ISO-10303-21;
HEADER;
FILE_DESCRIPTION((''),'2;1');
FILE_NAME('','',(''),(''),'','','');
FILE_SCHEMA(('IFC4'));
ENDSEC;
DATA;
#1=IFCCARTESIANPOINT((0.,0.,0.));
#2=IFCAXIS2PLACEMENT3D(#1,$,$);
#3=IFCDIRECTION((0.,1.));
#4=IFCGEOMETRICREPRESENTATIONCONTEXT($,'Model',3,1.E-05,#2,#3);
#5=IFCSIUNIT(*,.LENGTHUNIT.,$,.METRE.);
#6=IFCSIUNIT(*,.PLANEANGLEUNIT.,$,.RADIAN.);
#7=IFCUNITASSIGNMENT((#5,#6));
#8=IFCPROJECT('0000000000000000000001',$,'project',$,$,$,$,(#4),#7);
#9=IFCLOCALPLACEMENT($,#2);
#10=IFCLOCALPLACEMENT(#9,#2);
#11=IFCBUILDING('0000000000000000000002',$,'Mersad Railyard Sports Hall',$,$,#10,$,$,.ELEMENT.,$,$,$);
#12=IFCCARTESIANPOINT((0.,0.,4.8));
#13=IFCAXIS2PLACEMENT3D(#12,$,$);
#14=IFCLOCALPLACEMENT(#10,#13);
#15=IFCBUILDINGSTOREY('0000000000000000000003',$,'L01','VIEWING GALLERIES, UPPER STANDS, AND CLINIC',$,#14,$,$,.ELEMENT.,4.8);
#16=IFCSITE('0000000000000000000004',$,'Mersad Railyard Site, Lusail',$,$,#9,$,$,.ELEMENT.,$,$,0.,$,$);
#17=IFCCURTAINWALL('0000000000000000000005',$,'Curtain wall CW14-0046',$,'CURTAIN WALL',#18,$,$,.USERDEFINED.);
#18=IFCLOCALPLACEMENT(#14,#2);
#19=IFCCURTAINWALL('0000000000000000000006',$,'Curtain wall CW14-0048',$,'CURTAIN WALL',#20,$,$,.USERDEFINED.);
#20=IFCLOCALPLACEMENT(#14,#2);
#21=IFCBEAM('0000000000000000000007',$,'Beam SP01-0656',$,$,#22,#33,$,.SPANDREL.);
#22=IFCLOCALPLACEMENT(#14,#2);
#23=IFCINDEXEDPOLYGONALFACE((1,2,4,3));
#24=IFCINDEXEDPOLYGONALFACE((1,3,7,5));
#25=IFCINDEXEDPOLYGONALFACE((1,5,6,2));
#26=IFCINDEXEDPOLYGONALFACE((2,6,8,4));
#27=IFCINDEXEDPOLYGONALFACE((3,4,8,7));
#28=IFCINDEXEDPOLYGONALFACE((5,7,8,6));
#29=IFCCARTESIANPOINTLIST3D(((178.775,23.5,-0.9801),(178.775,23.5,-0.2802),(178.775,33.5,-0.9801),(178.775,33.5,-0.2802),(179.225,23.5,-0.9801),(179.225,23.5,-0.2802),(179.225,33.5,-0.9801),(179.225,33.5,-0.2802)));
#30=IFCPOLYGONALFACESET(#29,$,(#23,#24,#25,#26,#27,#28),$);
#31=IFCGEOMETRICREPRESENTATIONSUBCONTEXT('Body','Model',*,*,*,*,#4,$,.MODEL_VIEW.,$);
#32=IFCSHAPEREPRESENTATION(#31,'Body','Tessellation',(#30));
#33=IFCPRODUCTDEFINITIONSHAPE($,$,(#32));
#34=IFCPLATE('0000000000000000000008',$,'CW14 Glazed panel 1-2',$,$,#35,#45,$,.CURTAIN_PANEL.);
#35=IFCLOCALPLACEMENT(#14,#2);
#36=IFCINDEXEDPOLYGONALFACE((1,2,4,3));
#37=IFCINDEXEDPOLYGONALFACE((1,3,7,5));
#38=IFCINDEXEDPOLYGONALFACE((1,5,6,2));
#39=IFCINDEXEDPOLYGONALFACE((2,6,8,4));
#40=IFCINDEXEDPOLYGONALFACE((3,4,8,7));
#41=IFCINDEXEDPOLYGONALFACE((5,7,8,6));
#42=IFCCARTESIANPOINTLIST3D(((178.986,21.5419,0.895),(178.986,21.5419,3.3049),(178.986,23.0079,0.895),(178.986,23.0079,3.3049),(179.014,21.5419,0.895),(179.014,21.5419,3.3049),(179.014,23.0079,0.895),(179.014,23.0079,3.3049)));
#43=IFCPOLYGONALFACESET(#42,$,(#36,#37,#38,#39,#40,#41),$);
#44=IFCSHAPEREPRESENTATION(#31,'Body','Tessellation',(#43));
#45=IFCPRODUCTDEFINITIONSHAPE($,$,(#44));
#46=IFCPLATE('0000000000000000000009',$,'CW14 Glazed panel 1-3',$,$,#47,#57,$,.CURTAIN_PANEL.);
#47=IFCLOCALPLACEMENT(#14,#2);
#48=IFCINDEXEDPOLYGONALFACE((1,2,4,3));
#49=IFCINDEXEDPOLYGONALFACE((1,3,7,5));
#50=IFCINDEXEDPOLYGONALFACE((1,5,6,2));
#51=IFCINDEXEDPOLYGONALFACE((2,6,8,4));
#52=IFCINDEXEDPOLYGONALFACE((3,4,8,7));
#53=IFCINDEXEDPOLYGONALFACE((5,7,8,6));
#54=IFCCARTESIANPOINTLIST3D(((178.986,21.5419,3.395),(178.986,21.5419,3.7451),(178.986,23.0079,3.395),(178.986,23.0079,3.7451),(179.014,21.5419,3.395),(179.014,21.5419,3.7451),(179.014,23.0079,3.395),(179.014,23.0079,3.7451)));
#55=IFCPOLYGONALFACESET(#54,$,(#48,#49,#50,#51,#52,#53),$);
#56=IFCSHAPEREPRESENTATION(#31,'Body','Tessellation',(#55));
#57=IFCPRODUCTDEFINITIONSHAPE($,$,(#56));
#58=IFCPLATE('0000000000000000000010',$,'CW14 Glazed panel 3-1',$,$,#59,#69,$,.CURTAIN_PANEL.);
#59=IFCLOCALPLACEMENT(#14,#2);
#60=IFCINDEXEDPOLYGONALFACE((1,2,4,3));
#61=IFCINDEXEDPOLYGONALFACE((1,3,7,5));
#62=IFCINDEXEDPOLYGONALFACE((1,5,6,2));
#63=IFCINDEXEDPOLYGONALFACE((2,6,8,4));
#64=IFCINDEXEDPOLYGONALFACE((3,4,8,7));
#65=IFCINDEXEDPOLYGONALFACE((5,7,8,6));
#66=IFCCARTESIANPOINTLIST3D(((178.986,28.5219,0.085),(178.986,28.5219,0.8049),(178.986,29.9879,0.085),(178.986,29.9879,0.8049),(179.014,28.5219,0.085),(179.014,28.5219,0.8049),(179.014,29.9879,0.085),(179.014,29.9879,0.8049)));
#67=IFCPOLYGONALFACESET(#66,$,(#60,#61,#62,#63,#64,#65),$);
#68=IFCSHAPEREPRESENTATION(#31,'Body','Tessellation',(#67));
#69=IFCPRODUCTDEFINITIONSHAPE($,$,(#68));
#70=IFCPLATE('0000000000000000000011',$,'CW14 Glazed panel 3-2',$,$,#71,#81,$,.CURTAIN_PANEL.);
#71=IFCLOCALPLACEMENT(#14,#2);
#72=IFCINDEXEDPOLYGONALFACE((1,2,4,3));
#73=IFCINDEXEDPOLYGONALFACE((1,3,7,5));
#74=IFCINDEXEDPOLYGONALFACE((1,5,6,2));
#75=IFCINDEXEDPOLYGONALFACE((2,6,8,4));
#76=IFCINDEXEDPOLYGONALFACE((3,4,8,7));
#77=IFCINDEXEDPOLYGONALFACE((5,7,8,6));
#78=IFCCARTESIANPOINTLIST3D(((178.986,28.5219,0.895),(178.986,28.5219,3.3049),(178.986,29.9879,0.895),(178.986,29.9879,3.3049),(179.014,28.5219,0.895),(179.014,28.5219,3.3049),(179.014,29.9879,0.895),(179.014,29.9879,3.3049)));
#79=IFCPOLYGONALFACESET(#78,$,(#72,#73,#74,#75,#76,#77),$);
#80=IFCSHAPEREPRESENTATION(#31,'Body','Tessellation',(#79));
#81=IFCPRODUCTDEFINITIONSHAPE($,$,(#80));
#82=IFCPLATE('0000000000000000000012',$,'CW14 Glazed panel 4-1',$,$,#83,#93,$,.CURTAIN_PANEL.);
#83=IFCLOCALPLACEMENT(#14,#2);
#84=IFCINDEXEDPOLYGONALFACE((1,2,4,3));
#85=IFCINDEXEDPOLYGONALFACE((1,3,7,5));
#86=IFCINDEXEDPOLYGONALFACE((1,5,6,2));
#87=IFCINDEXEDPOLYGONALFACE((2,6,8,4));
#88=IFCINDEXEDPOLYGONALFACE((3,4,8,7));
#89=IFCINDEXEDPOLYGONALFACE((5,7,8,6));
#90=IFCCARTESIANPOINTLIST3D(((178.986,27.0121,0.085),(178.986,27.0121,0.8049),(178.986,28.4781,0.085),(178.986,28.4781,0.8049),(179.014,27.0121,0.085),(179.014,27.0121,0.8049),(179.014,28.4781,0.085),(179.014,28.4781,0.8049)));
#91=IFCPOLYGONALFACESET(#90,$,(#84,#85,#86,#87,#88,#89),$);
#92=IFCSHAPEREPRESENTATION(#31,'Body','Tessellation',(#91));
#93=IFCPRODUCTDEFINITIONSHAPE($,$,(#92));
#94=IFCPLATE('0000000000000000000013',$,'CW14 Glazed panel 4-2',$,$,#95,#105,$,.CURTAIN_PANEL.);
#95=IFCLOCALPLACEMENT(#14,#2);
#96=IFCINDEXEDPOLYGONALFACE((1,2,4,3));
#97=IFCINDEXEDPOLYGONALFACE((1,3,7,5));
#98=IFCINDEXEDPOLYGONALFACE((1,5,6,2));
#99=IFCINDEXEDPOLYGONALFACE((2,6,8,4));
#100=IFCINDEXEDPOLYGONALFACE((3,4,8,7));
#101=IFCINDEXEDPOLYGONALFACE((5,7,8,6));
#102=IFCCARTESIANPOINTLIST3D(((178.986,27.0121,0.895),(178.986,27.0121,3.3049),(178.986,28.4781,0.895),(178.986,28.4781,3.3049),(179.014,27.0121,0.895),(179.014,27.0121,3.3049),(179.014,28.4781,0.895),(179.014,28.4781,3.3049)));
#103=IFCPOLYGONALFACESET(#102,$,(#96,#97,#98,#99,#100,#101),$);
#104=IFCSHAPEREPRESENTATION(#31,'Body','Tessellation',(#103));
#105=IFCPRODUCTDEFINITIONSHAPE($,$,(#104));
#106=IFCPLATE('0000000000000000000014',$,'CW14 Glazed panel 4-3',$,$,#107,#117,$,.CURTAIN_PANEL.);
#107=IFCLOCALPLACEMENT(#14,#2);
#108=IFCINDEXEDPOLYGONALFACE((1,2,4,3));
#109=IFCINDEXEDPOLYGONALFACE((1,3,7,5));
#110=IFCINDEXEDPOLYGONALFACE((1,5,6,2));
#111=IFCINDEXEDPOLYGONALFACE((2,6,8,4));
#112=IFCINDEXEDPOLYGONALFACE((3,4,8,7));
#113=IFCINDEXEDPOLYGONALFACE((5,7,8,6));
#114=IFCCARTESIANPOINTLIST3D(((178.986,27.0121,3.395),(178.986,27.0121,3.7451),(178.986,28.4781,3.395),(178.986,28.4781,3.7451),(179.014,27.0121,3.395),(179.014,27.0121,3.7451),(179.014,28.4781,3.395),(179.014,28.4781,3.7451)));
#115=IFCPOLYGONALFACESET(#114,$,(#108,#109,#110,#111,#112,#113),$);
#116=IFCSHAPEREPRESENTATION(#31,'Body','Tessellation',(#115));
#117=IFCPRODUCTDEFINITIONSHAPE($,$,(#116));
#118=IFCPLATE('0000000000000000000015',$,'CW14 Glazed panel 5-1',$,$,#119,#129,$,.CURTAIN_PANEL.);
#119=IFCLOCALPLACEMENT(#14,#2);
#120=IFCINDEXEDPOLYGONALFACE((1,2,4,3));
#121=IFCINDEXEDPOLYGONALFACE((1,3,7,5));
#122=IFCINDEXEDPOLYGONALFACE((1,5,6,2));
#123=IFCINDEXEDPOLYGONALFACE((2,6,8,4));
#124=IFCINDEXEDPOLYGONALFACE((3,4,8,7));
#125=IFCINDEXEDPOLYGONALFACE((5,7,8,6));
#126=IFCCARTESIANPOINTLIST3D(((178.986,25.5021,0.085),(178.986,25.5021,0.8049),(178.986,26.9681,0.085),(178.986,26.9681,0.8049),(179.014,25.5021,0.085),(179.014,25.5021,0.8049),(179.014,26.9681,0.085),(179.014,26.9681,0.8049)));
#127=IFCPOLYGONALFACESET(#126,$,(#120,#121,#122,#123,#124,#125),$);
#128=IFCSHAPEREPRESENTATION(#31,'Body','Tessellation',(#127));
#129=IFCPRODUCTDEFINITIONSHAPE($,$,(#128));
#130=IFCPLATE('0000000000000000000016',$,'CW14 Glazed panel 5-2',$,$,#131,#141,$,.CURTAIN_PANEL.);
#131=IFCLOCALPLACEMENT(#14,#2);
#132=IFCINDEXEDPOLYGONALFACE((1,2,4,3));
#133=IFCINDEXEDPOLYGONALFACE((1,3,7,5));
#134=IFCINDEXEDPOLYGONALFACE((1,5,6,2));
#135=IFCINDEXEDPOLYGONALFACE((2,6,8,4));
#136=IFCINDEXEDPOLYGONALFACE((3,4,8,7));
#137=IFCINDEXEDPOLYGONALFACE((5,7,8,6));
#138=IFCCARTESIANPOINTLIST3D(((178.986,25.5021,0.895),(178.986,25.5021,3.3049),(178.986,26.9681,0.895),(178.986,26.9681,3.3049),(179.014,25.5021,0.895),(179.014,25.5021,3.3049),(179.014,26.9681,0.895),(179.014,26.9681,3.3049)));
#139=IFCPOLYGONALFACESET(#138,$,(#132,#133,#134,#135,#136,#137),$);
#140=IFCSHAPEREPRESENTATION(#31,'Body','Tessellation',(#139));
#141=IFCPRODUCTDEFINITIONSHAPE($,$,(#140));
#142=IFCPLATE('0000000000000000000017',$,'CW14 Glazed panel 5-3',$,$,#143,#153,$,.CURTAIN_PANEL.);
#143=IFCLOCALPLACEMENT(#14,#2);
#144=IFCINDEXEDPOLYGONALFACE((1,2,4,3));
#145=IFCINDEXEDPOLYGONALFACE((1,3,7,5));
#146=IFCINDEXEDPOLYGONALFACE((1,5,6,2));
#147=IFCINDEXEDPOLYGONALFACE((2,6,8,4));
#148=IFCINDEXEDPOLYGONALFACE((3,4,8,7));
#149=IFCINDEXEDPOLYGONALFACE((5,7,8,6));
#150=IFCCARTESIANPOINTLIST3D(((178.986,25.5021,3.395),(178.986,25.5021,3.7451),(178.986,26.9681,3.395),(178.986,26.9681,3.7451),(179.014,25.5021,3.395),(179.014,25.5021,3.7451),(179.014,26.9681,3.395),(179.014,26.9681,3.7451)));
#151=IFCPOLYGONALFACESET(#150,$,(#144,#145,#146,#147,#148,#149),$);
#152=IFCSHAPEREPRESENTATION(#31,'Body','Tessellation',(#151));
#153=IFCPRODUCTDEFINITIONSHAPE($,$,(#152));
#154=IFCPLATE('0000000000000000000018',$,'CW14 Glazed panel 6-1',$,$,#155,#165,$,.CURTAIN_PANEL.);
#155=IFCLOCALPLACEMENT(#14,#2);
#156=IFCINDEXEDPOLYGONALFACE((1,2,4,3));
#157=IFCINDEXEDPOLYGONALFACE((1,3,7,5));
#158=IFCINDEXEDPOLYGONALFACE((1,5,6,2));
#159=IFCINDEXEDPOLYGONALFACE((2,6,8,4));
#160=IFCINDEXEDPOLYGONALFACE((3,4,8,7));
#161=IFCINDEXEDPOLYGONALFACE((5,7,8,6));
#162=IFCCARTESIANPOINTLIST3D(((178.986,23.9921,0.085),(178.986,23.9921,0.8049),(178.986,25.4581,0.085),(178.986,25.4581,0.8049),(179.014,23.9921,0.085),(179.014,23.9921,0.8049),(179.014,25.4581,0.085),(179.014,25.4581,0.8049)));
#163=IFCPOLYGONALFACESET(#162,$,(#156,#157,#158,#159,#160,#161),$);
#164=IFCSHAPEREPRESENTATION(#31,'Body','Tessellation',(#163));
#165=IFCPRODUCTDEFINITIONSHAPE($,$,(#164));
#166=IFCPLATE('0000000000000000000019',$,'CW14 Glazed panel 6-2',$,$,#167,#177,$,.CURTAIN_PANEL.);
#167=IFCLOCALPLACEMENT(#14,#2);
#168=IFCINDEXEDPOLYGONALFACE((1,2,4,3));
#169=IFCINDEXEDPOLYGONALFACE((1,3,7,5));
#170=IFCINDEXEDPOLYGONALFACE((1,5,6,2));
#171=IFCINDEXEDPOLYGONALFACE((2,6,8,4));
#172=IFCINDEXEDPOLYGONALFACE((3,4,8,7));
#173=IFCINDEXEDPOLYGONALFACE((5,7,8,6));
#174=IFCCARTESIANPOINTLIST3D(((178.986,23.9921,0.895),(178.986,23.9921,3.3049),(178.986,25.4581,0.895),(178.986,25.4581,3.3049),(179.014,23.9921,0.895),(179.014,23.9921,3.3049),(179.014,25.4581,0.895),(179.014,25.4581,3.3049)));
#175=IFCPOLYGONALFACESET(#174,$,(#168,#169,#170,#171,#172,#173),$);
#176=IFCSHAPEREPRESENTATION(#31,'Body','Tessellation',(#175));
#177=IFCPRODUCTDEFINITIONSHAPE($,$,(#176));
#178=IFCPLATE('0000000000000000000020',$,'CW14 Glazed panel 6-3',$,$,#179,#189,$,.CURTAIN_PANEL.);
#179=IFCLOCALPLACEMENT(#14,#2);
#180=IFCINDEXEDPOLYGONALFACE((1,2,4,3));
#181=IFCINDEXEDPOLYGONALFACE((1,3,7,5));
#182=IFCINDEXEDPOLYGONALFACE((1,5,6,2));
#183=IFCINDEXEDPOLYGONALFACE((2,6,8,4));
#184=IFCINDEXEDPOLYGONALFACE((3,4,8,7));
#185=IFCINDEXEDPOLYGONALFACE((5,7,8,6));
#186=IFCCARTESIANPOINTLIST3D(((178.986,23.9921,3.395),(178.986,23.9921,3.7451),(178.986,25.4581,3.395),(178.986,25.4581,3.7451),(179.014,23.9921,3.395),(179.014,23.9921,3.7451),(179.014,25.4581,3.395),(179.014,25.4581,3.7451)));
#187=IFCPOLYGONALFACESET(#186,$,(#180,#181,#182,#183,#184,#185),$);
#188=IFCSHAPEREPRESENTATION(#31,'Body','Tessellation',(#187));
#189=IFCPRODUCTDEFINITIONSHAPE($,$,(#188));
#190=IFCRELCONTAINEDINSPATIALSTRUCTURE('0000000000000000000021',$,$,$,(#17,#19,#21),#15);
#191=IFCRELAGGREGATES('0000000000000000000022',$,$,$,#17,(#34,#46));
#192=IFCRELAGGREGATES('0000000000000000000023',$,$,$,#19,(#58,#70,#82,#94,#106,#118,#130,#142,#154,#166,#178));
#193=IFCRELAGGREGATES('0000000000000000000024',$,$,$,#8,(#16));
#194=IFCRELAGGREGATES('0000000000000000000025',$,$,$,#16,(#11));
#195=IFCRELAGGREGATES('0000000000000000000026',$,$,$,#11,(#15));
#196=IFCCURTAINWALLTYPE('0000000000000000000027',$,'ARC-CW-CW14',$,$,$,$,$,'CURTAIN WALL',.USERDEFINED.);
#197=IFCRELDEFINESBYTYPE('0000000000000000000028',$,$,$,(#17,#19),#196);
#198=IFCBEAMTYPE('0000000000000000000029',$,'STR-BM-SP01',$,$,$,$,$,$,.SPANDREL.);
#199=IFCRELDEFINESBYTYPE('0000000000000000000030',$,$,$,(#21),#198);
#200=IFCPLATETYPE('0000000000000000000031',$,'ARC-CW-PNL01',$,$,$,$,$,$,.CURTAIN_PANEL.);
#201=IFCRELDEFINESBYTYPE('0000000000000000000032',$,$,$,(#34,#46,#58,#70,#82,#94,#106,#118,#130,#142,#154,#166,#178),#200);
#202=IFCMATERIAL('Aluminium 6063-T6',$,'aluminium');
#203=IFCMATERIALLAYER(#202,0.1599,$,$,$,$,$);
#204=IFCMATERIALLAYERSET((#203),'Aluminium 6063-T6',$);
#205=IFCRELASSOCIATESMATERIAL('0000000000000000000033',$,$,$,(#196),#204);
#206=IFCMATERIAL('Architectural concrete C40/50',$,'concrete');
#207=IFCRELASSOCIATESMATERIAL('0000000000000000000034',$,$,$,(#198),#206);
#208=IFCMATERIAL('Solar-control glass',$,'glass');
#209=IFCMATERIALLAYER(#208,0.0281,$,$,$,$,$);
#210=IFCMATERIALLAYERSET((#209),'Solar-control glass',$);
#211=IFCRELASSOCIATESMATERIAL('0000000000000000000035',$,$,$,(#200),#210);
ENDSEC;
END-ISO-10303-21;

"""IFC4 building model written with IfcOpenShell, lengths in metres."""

from ifc_helpers import new_model, si_unit, direction, frame, origin, origin_2d, place, context, subcontext, project, spatial, rectangle, extrude, material, layer, layer_set, material_profile, profile_set, type_object, element, aggregate, save


model = new_model("IFC4")

# Units and contexts
model_context = context("Model", 3, precision=1e-05, world=origin(), true_north=direction((0.0, 1.0)))
body_context = subcontext(model_context, "Body", "Model", "MODEL_VIEW")
ifc_project = project(units=[si_unit("LENGTHUNIT", "METRE"), si_unit("PLANEANGLEUNIT", "RADIAN")], contexts=[model_context])

# Site, building, storey
site_placement = place(None, origin())
site = spatial("IfcSite", under=ifc_project, at=site_placement, Name="Mersad Railyard Site, Lusail", CompositionType="ELEMENT", RefElevation=0.0)
building_placement = place(site_placement, origin())
building = spatial("IfcBuilding", under=site, at=building_placement, Name="Mersad Railyard Sports Hall", CompositionType="ELEMENT")
storey_placement = place(building_placement, frame((0.0, 0.0, 4.8)))
storey = spatial("IfcBuildingStorey", under=building, at=storey_placement, Name="L01", Description="VIEWING GALLERIES, UPPER STANDS, AND CLINIC", CompositionType="ELEMENT", Elevation=4.8)

# Curtain wall
ifc_material_1 = material(Name="Aluminium 6063-T6", Category="aluminium")
ifc_layer_1 = layer(ifc_material_1, 0.1599)
ifc_layer_set_1 = layer_set([ifc_layer_1], Name="Aluminium 6063-T6")
curtain_wall_type = type_object("IfcCurtainWallType", Name="ARC-CW-CW14", ElementType="CURTAIN WALL", PredefinedType="USERDEFINED", material=ifc_layer_set_1)
curtain_wall_1_placement = place(storey_placement, origin())
curtain_wall_1 = element("IfcCurtainWall", 1, at=curtain_wall_1_placement, inside=storey, type_object=curtain_wall_type, Name="Curtain wall CW14-0046", ObjectType="CURTAIN WALL", PredefinedType="USERDEFINED")

# Curtain wall
curtain_wall_2_placement = place(storey_placement, origin())
curtain_wall_2 = element("IfcCurtainWall", 2, at=curtain_wall_2_placement, inside=storey, type_object=curtain_wall_type, Name="Curtain wall CW14-0048", ObjectType="CURTAIN WALL", PredefinedType="USERDEFINED")

# Beam
ifc_material_2 = material(Name="Architectural concrete C40/50", Category="concrete")
ifc_material_profile_1 = material_profile(ifc_material_2, rectangle(XDim=0.45, YDim=0.7, at=origin_2d()), Name="RC 450x700")
ifc_profile_set_1 = profile_set([ifc_material_profile_1], Name="Architectural concrete C40/50")
beam_type = type_object("IfcBeamType", Name="STR-BM-SP01", PredefinedType="SPANDREL", material=ifc_profile_set_1)
beam_placement = place(storey_placement, frame((179.0, 23.5, -0.6301), z_axis=(0.0, 1.0, 0.0), x_axis=(-1.0, 0.0, 0.0)))
element("IfcBeam", 3, at=beam_placement, inside=storey, type_object=beam_type, Name="Beam SP01-0656", PredefinedType="SPANDREL", context=body_context, shape_type="SweptSolid", body=[
    extrude(rectangle(XDim=0.45, YDim=0.7, at=origin_2d()), origin(), (0.0, 0.0, 1.0), 10.0),
])

# Plates
ifc_material_3 = material(Name="Solar-control glass", Category="glass")
ifc_layer_2 = layer(ifc_material_3, 0.0281)
ifc_layer_set_2 = layer_set([ifc_layer_2], Name="Solar-control glass")
plate_type = type_object("IfcPlateType", Name="ARC-CW-PNL01", PredefinedType="CURTAIN_PANEL", material=ifc_layer_set_2)
plate_1_placement = place(storey_placement, frame((179.0, 22.2749, 0.895), z_axis=(0.0, 0.0, 1.0), x_axis=(0.0, -1.0, 0.0)))
plate_1 = element("IfcPlate", 4, at=plate_1_placement, type_object=plate_type, Name="CW14 Glazed panel 1-2", PredefinedType="CURTAIN_PANEL", context=body_context, shape_type="SweptSolid", body=[
    extrude(rectangle(XDim=1.4661, YDim=0.0281, at=origin_2d()), origin(), (0.0, 0.0, 1.0), 2.4099),
])
plate_2_placement = place(storey_placement, frame((179.0, 22.2749, 3.395), z_axis=(0.0, 0.0, 1.0), x_axis=(0.0, -1.0, 0.0)))
plate_2 = element("IfcPlate", 5, at=plate_2_placement, type_object=plate_type, Name="CW14 Glazed panel 1-3", PredefinedType="CURTAIN_PANEL", context=body_context, shape_type="SweptSolid", body=[
    extrude(rectangle(XDim=1.4661, YDim=0.0281, at=origin_2d()), origin(), (0.0, 0.0, 1.0), 0.3501),
])
aggregate(curtain_wall_1, [plate_1, plate_2])
plate_3_placement = place(storey_placement, frame((179.0, 29.2549, 0.085), z_axis=(0.0, 0.0, 1.0), x_axis=(0.0, -1.0, 0.0)))
plate_3 = element("IfcPlate", 6, at=plate_3_placement, type_object=plate_type, Name="CW14 Glazed panel 3-1", PredefinedType="CURTAIN_PANEL", context=body_context, shape_type="SweptSolid", body=[
    extrude(rectangle(XDim=1.4661, YDim=0.0281, at=origin_2d()), origin(), (0.0, 0.0, 1.0), 0.72),
])
plate_4_placement = place(storey_placement, frame((179.0, 29.2549, 0.895), z_axis=(0.0, 0.0, 1.0), x_axis=(0.0, -1.0, 0.0)))
plate_4 = element("IfcPlate", 7, at=plate_4_placement, type_object=plate_type, Name="CW14 Glazed panel 3-2", PredefinedType="CURTAIN_PANEL", context=body_context, shape_type="SweptSolid", body=[
    extrude(rectangle(XDim=1.4661, YDim=0.0281, at=origin_2d()), origin(), (0.0, 0.0, 1.0), 2.4099),
])
plate_5_placement = place(storey_placement, frame((179.0, 27.7451, 0.085), z_axis=(0.0, 0.0, 1.0), x_axis=(0.0, -1.0, 0.0)))
plate_5 = element("IfcPlate", 8, at=plate_5_placement, type_object=plate_type, Name="CW14 Glazed panel 4-1", PredefinedType="CURTAIN_PANEL", context=body_context, shape_type="SweptSolid", body=[
    extrude(rectangle(XDim=1.4661, YDim=0.0281, at=origin_2d()), origin(), (0.0, 0.0, 1.0), 0.72),
])
plate_6_placement = place(storey_placement, frame((179.0, 27.7451, 0.895), z_axis=(0.0, 0.0, 1.0), x_axis=(0.0, -1.0, 0.0)))
plate_6 = element("IfcPlate", 9, at=plate_6_placement, type_object=plate_type, Name="CW14 Glazed panel 4-2", PredefinedType="CURTAIN_PANEL", context=body_context, shape_type="SweptSolid", body=[
    extrude(rectangle(XDim=1.4661, YDim=0.0281, at=origin_2d()), origin(), (0.0, 0.0, 1.0), 2.4099),
])
plate_7_placement = place(storey_placement, frame((179.0, 27.7451, 3.395), z_axis=(0.0, 0.0, 1.0), x_axis=(0.0, -1.0, 0.0)))
plate_7 = element("IfcPlate", 10, at=plate_7_placement, type_object=plate_type, Name="CW14 Glazed panel 4-3", PredefinedType="CURTAIN_PANEL", context=body_context, shape_type="SweptSolid", body=[
    extrude(rectangle(XDim=1.4661, YDim=0.0281, at=origin_2d()), origin(), (0.0, 0.0, 1.0), 0.3501),
])
plate_8_placement = place(storey_placement, frame((179.0, 26.2351, 0.085), z_axis=(0.0, 0.0, 1.0), x_axis=(0.0, -1.0, 0.0)))
plate_8 = element("IfcPlate", 11, at=plate_8_placement, type_object=plate_type, Name="CW14 Glazed panel 5-1", PredefinedType="CURTAIN_PANEL", context=body_context, shape_type="SweptSolid", body=[
    extrude(rectangle(XDim=1.4661, YDim=0.0281, at=origin_2d()), origin(), (0.0, 0.0, 1.0), 0.72),
])
plate_9_placement = place(storey_placement, frame((179.0, 26.2351, 0.895), z_axis=(0.0, 0.0, 1.0), x_axis=(0.0, -1.0, 0.0)))
plate_9 = element("IfcPlate", 12, at=plate_9_placement, type_object=plate_type, Name="CW14 Glazed panel 5-2", PredefinedType="CURTAIN_PANEL", context=body_context, shape_type="SweptSolid", body=[
    extrude(rectangle(XDim=1.4661, YDim=0.0281, at=origin_2d()), origin(), (0.0, 0.0, 1.0), 2.4099),
])
plate_10_placement = place(storey_placement, frame((179.0, 26.2351, 3.395), z_axis=(0.0, 0.0, 1.0), x_axis=(0.0, -1.0, 0.0)))
plate_10 = element("IfcPlate", 13, at=plate_10_placement, type_object=plate_type, Name="CW14 Glazed panel 5-3", PredefinedType="CURTAIN_PANEL", context=body_context, shape_type="SweptSolid", body=[
    extrude(rectangle(XDim=1.4661, YDim=0.0281, at=origin_2d()), origin(), (0.0, 0.0, 1.0), 0.3501),
])
plate_11_placement = place(storey_placement, frame((179.0, 24.7251, 0.085), z_axis=(0.0, 0.0, 1.0), x_axis=(0.0, -1.0, 0.0)))
plate_11 = element("IfcPlate", 14, at=plate_11_placement, type_object=plate_type, Name="CW14 Glazed panel 6-1", PredefinedType="CURTAIN_PANEL", context=body_context, shape_type="SweptSolid", body=[
    extrude(rectangle(XDim=1.4661, YDim=0.0281, at=origin_2d()), origin(), (0.0, 0.0, 1.0), 0.72),
])
plate_12_placement = place(storey_placement, frame((179.0, 24.7251, 0.895), z_axis=(0.0, 0.0, 1.0), x_axis=(0.0, -1.0, 0.0)))
plate_12 = element("IfcPlate", 15, at=plate_12_placement, type_object=plate_type, Name="CW14 Glazed panel 6-2", PredefinedType="CURTAIN_PANEL", context=body_context, shape_type="SweptSolid", body=[
    extrude(rectangle(XDim=1.4661, YDim=0.0281, at=origin_2d()), origin(), (0.0, 0.0, 1.0), 2.4099),
])
plate_13_placement = place(storey_placement, frame((179.0, 24.7251, 3.395), z_axis=(0.0, 0.0, 1.0), x_axis=(0.0, -1.0, 0.0)))
plate_13 = element("IfcPlate", 16, at=plate_13_placement, type_object=plate_type, Name="CW14 Glazed panel 6-3", PredefinedType="CURTAIN_PANEL", context=body_context, shape_type="SweptSolid", body=[
    extrude(rectangle(XDim=1.4661, YDim=0.0281, at=origin_2d()), origin(), (0.0, 0.0, 1.0), 0.3501),
])
aggregate(curtain_wall_2, [plate_3, plate_4, plate_5, plate_6, plate_7, plate_8, plate_9, plate_10, plate_11, plate_12, plate_13])

save(model, "model.ifc")
